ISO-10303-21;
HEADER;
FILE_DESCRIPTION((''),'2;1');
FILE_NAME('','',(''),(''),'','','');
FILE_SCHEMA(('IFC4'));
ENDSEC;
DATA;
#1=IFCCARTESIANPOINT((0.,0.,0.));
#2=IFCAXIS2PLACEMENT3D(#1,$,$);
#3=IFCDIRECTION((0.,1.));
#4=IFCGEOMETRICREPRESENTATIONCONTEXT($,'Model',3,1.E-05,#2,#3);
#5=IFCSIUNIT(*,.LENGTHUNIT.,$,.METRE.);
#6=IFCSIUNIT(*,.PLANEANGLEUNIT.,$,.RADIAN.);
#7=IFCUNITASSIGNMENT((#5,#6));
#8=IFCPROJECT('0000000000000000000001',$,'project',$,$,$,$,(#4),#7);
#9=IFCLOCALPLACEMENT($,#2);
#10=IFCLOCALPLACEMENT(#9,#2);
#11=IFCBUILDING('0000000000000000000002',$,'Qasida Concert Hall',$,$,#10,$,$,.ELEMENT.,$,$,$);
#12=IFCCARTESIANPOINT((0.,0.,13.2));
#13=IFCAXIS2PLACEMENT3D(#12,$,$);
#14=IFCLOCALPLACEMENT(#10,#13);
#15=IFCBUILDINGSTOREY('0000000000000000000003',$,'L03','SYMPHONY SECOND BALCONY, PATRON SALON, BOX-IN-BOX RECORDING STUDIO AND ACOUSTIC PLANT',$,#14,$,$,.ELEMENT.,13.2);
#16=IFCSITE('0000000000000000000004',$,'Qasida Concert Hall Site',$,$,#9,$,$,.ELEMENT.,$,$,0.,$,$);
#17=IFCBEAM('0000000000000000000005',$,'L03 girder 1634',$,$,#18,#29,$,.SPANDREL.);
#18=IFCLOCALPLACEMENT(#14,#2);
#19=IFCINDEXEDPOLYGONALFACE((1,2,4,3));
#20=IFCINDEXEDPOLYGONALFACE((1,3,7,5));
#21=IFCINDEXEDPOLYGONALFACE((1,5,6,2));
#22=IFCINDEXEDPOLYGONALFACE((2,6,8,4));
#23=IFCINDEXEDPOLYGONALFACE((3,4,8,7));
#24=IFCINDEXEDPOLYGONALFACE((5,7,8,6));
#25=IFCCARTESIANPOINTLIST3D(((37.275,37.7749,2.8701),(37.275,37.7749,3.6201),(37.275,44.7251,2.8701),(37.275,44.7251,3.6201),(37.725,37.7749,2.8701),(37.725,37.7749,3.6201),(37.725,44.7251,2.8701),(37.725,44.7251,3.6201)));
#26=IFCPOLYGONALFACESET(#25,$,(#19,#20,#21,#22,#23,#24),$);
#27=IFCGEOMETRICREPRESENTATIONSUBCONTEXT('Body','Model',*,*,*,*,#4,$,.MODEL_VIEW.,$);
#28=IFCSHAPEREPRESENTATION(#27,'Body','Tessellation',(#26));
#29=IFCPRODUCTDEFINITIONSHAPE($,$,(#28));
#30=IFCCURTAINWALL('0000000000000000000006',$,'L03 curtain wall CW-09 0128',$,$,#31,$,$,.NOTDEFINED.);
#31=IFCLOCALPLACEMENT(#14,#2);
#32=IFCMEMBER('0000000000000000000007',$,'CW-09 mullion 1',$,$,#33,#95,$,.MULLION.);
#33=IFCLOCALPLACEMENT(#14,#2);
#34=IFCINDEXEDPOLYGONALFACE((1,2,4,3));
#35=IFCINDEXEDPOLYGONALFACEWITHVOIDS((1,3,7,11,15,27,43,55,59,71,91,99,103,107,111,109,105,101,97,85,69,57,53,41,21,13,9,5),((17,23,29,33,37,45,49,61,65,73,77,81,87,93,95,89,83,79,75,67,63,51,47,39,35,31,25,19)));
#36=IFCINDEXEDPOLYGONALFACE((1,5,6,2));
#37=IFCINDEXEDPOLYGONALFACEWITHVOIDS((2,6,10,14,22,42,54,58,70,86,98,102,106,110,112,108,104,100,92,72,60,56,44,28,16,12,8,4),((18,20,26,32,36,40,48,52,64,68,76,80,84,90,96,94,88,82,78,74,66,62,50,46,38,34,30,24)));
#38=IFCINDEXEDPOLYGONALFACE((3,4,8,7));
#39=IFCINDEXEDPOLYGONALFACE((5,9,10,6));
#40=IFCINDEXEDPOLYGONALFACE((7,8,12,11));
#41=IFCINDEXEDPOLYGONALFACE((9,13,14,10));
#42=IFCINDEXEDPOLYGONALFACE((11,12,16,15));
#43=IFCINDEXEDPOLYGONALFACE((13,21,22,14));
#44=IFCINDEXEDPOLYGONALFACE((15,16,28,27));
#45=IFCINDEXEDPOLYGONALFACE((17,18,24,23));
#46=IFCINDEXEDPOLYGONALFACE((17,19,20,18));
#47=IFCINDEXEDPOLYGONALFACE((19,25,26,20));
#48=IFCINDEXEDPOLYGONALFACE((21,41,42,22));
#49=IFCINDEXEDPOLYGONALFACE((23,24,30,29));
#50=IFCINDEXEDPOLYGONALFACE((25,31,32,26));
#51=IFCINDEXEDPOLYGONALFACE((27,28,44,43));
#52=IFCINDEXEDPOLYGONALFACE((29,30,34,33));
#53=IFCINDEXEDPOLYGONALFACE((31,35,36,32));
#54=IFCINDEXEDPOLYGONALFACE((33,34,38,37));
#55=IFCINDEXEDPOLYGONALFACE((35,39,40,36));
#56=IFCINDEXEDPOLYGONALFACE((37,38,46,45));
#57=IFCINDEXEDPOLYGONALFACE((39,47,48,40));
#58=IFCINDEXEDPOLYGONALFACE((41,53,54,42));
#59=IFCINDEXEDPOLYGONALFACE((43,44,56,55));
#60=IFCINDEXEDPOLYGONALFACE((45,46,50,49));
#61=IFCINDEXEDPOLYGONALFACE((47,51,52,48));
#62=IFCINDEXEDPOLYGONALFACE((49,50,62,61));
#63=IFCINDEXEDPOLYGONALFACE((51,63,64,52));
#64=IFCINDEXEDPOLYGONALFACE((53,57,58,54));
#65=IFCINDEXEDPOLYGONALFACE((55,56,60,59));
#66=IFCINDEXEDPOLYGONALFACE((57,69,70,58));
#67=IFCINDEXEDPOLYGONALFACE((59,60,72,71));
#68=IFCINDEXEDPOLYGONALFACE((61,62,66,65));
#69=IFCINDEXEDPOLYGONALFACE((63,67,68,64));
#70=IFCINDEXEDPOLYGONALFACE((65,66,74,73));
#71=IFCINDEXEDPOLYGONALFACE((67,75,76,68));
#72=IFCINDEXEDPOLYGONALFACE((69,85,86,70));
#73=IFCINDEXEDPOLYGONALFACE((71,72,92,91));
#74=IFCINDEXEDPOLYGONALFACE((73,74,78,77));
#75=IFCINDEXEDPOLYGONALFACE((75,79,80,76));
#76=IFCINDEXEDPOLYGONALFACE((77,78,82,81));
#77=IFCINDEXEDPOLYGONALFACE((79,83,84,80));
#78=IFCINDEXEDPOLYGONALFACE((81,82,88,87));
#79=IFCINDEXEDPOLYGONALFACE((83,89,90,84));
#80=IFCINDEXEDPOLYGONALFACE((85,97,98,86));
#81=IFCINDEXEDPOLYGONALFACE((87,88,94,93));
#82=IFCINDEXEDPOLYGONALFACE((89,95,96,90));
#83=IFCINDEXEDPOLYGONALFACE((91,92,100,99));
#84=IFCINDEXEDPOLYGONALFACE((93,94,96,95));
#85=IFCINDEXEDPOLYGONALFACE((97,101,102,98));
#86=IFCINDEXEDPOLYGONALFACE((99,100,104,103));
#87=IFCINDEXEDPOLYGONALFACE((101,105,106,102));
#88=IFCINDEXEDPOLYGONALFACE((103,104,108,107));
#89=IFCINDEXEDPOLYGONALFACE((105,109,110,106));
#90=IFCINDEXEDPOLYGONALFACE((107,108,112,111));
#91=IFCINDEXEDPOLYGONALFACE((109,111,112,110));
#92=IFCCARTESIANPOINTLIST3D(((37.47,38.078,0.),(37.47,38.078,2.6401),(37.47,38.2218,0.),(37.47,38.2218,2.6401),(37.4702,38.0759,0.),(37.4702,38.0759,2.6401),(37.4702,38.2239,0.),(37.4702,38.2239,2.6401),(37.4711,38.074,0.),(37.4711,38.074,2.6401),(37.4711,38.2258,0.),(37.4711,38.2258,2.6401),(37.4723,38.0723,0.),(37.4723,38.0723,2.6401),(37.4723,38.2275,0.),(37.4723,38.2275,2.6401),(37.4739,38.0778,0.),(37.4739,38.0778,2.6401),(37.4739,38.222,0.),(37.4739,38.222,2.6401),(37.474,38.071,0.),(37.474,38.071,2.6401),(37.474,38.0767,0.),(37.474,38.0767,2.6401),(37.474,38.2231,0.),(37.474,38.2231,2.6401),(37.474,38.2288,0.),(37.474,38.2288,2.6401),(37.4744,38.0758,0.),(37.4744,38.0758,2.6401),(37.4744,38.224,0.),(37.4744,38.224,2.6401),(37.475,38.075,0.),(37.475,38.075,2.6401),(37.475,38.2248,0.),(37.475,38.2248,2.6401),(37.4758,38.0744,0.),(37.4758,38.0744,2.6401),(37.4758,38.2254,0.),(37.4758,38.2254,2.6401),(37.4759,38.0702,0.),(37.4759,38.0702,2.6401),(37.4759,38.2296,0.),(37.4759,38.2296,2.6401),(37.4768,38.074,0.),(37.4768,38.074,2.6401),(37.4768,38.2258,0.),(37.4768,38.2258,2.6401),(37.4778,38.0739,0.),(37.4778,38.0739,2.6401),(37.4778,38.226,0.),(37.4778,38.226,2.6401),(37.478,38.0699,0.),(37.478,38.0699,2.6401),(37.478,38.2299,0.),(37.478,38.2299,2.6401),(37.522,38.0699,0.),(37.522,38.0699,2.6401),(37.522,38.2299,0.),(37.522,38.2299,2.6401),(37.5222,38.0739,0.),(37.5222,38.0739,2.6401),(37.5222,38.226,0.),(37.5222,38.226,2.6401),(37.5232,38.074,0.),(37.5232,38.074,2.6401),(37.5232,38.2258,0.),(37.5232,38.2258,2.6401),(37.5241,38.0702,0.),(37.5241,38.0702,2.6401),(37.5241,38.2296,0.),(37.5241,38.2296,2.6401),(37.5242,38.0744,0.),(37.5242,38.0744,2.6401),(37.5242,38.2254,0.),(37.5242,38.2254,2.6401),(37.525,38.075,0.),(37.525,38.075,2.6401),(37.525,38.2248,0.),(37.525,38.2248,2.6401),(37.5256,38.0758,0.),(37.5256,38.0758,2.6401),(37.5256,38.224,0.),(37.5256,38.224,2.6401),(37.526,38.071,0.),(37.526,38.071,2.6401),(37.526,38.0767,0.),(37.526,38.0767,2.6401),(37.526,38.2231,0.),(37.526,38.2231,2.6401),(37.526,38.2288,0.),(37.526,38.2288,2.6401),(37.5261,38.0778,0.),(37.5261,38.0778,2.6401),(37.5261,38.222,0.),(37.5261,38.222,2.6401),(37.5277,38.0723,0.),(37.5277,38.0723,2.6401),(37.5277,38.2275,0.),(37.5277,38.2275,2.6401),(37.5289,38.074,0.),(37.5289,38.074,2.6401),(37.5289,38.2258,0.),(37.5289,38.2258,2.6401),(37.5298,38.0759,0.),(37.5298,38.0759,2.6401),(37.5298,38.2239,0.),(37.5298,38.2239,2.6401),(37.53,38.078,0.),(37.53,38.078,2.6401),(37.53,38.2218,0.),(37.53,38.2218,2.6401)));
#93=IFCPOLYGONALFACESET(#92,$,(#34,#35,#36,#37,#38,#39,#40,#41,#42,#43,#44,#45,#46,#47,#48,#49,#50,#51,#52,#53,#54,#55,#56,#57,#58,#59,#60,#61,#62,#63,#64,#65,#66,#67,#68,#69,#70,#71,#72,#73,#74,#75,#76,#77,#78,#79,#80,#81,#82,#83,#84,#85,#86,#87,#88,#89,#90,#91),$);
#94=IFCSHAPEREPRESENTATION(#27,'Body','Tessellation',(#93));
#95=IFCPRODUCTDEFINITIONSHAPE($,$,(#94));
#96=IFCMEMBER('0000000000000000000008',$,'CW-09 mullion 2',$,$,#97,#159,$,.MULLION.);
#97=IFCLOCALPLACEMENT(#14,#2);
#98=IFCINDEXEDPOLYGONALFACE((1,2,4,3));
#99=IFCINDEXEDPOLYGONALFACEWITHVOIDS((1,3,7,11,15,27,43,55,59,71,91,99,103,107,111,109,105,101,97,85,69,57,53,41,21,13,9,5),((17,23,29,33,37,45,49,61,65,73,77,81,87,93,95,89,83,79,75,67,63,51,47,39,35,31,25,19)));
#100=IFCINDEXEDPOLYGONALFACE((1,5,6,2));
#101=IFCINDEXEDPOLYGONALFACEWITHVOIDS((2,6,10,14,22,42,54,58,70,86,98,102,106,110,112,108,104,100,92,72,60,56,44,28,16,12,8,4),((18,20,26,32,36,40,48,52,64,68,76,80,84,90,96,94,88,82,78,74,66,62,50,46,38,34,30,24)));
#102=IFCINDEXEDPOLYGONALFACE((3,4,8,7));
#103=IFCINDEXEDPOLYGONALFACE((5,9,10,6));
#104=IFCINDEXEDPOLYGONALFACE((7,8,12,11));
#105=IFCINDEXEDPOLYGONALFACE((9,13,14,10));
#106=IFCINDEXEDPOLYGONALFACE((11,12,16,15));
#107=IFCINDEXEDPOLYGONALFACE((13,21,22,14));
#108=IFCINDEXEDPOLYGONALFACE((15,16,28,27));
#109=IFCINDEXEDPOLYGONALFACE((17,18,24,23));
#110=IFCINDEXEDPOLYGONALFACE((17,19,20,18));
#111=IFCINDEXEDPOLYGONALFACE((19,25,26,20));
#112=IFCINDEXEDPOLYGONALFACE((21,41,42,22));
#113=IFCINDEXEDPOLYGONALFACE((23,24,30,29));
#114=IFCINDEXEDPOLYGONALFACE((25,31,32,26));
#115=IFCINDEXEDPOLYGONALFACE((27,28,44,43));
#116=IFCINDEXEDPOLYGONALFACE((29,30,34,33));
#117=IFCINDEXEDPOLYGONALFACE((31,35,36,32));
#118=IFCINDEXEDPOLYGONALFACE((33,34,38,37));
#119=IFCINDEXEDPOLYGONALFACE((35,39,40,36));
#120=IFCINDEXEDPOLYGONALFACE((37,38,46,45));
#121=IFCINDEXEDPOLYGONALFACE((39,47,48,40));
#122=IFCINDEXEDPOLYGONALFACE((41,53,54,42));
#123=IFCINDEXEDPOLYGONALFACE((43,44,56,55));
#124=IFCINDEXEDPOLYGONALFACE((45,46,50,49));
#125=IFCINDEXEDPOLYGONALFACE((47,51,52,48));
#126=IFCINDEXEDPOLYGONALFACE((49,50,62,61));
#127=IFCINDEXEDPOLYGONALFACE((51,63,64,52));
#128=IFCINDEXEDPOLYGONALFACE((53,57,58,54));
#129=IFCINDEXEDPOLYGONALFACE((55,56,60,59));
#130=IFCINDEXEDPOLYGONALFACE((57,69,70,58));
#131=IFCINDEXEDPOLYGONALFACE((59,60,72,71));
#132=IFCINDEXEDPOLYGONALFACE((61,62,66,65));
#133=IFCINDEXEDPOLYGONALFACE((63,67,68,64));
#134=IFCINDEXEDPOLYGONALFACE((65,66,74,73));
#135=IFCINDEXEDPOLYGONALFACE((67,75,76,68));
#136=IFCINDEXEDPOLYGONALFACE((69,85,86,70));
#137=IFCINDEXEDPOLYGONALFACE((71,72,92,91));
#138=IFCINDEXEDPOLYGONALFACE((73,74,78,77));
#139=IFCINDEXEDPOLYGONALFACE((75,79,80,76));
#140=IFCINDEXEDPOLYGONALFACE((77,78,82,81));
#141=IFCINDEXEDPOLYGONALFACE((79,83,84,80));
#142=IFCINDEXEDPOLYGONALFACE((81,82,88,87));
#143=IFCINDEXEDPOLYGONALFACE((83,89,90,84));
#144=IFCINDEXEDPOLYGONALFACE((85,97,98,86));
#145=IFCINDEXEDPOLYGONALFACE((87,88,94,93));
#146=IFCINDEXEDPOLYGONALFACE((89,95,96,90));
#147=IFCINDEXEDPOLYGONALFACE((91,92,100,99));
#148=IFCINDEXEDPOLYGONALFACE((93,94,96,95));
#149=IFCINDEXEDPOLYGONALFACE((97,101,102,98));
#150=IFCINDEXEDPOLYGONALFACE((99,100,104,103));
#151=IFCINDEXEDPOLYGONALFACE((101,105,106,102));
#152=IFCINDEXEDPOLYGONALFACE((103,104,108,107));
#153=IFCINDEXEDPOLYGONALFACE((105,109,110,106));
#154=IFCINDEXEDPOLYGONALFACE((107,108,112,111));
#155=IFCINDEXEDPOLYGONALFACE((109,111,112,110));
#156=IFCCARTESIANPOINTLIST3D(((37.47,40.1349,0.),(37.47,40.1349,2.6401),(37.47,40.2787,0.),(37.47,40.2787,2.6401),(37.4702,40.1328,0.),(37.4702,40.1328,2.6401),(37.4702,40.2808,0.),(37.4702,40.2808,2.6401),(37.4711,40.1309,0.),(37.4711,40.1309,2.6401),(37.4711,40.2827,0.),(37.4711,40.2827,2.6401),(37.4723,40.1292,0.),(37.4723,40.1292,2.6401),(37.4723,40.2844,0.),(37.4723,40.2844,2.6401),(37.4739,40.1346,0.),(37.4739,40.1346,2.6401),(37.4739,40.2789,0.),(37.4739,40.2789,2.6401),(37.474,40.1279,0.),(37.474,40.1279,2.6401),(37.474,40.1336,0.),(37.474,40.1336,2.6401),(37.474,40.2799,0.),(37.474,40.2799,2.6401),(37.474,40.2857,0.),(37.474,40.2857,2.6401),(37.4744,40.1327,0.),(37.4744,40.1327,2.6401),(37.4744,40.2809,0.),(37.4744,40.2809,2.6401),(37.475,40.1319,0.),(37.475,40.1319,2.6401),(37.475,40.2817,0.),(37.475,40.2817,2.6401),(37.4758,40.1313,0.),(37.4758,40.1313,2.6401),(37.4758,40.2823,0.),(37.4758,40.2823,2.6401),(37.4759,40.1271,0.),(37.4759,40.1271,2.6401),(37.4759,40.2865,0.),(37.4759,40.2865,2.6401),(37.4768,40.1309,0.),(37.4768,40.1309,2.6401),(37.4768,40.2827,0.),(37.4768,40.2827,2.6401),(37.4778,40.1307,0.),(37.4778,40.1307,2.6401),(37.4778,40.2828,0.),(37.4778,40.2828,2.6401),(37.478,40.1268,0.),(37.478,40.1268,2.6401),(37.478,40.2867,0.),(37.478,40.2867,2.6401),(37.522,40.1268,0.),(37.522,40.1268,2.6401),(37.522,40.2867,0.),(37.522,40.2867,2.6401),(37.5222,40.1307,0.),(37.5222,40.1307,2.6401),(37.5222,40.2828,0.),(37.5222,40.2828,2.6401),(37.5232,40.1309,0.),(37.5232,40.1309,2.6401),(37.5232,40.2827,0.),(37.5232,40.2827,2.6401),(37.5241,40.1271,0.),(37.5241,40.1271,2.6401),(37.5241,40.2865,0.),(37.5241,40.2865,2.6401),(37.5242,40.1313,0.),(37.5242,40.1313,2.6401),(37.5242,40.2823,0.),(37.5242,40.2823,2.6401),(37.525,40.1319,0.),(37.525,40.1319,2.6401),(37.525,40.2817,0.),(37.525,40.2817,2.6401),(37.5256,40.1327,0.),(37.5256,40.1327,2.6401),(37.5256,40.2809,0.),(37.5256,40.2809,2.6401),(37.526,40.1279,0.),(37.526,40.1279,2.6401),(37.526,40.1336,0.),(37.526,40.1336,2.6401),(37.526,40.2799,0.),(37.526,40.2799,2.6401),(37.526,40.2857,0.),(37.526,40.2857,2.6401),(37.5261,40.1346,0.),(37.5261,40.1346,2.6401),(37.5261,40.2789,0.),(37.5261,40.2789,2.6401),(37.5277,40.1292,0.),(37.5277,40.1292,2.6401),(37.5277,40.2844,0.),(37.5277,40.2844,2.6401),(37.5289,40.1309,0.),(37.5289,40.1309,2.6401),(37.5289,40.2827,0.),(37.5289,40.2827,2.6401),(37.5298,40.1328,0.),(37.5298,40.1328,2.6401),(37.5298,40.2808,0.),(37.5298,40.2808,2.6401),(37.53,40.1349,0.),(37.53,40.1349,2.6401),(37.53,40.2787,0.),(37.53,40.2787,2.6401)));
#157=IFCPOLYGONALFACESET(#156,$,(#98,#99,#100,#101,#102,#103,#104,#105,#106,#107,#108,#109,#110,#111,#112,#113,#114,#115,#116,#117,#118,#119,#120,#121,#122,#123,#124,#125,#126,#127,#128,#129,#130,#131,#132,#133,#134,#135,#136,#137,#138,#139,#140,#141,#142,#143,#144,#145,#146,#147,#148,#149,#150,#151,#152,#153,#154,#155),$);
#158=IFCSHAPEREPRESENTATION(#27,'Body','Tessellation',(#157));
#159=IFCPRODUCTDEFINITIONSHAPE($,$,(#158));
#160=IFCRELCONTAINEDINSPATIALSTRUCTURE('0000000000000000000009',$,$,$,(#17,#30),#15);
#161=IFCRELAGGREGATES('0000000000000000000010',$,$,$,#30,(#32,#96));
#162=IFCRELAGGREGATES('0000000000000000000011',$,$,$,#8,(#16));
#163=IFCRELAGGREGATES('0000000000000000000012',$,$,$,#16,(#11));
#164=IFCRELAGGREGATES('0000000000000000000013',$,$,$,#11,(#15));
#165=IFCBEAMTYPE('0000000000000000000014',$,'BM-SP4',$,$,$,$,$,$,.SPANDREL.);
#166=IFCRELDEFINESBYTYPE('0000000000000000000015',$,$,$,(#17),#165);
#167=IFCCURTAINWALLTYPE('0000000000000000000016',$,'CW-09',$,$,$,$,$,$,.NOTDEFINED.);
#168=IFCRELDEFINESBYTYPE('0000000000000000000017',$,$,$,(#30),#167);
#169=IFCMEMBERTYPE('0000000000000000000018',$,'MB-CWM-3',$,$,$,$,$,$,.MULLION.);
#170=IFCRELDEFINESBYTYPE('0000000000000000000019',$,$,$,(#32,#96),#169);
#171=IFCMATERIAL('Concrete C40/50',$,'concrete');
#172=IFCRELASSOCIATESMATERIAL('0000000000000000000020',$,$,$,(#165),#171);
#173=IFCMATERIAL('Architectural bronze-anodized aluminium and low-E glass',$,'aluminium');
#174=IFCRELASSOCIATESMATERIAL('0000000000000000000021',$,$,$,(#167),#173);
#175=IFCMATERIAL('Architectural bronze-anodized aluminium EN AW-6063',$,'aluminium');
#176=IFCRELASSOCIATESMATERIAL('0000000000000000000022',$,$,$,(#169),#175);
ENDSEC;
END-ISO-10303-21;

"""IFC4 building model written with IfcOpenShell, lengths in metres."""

from ifc_helpers import new_model, si_unit, direction, frame, origin, origin_2d, place, context, subcontext, project, spatial, rectangle, hollow_rectangle, extrude, material, material_profile, profile_set, type_object, element, aggregate, save


model = new_model("IFC4")

# Units and contexts
model_context = context("Model", 3, precision=1e-05, world=origin(), true_north=direction((0.0, 1.0)))
body_context = subcontext(model_context, "Body", "Model", "MODEL_VIEW")
ifc_project = project(units=[si_unit("LENGTHUNIT", "METRE"), si_unit("PLANEANGLEUNIT", "RADIAN")], contexts=[model_context])

# Site, building, storey
site_placement = place(None, origin())
site = spatial("IfcSite", under=ifc_project, at=site_placement, Name="Qasida Concert Hall Site", CompositionType="ELEMENT", RefElevation=0.0)
building_placement = place(site_placement, origin())
building = spatial("IfcBuilding", under=site, at=building_placement, Name="Qasida Concert Hall", CompositionType="ELEMENT")
storey_placement = place(building_placement, frame((0.0, 0.0, 13.2)))
storey = spatial("IfcBuildingStorey", under=building, at=storey_placement, Name="L03", Description="SYMPHONY SECOND BALCONY, PATRON SALON, BOX-IN-BOX RECORDING STUDIO AND ACOUSTIC PLANT", CompositionType="ELEMENT", Elevation=13.2)

# Beam
ifc_material_1 = material(Name="Concrete C40/50", Category="concrete")
ifc_material_profile_1 = material_profile(ifc_material_1, rectangle(XDim=0.45, YDim=0.75, at=origin_2d()), Name="RC 450x750")
ifc_profile_set_1 = profile_set([ifc_material_profile_1], Name="Concrete C40/50")
beam_type = type_object("IfcBeamType", Name="BM-SP4", PredefinedType="SPANDREL", material=ifc_profile_set_1)
beam_placement = place(storey_placement, frame((37.5, 37.7749, 3.2451), z_axis=(0.0, 1.0, 0.0), x_axis=(-1.0, 0.0, 0.0)))
element("IfcBeam", 1, at=beam_placement, inside=storey, type_object=beam_type, Name="L03 girder 1634", PredefinedType="SPANDREL", context=body_context, shape_type="SweptSolid", body=[
    extrude(rectangle(XDim=0.45, YDim=0.75, at=origin_2d()), origin(), (0.0, 0.0, 1.0), 6.9502),
])

# Curtain wall, members
ifc_material_2 = material(Name="Architectural bronze-anodized aluminium and low-E glass", Category="aluminium")
curtain_wall_type = type_object("IfcCurtainWallType", Name="CW-09", PredefinedType="NOTDEFINED", material=ifc_material_2)
curtain_wall_1_placement = place(storey_placement, origin())
curtain_wall_1 = element("IfcCurtainWall", 2, at=curtain_wall_1_placement, inside=storey, type_object=curtain_wall_type, Name="L03 curtain wall CW-09 0128", PredefinedType="NOTDEFINED")
ifc_material_3 = material(Name="Architectural bronze-anodized aluminium EN AW-6063", Category="aluminium")
ifc_material_profile_2 = material_profile(ifc_material_3, hollow_rectangle(XDim=0.0601, YDim=0.1599, WallThickness=0.0039, InnerFilletRadius=0.0039, OuterFilletRadius=0.0081, at=origin_2d()), Name="CWM 160x60x4")
ifc_profile_set_2 = profile_set([ifc_material_profile_2], Name="Architectural bronze-anodized aluminium EN AW-6063")
member_type_1 = type_object("IfcMemberType", Name="MB-CWM-3", PredefinedType="MULLION", material=ifc_profile_set_2)
member_1_placement = place(storey_placement, frame((37.5, 38.1499, 0.0), z_axis=(0.0, 0.0, 1.0), x_axis=(-1.0, 0.0, 0.0)))
member_1 = element("IfcMember", 3, at=member_1_placement, type_object=member_type_1, Name="CW-09 mullion 1", PredefinedType="MULLION", context=body_context, shape_type="SweptSolid", body=[
    extrude(hollow_rectangle(XDim=0.0601, YDim=0.1599, WallThickness=0.0039, InnerFilletRadius=0.0039, OuterFilletRadius=0.0081, at=origin_2d()), origin(), (0.0, 0.0, 1.0), 2.6401),
])
member_2_placement = place(storey_placement, frame((37.5, 40.2068, 0.0), z_axis=(0.0, 0.0, 1.0), x_axis=(-1.0, 0.0, 0.0)))
member_2 = element("IfcMember", 4, at=member_2_placement, type_object=member_type_1, Name="CW-09 mullion 2", PredefinedType="MULLION", context=body_context, shape_type="SweptSolid", body=[
    extrude(hollow_rectangle(XDim=0.0601, YDim=0.1599, WallThickness=0.0039, InnerFilletRadius=0.0039, OuterFilletRadius=0.0081, at=origin_2d()), origin(), (0.0, 0.0, 1.0), 2.6401),
])

aggregate(curtain_wall_1, [member_1, member_2])

save(model, "model.ifc")
